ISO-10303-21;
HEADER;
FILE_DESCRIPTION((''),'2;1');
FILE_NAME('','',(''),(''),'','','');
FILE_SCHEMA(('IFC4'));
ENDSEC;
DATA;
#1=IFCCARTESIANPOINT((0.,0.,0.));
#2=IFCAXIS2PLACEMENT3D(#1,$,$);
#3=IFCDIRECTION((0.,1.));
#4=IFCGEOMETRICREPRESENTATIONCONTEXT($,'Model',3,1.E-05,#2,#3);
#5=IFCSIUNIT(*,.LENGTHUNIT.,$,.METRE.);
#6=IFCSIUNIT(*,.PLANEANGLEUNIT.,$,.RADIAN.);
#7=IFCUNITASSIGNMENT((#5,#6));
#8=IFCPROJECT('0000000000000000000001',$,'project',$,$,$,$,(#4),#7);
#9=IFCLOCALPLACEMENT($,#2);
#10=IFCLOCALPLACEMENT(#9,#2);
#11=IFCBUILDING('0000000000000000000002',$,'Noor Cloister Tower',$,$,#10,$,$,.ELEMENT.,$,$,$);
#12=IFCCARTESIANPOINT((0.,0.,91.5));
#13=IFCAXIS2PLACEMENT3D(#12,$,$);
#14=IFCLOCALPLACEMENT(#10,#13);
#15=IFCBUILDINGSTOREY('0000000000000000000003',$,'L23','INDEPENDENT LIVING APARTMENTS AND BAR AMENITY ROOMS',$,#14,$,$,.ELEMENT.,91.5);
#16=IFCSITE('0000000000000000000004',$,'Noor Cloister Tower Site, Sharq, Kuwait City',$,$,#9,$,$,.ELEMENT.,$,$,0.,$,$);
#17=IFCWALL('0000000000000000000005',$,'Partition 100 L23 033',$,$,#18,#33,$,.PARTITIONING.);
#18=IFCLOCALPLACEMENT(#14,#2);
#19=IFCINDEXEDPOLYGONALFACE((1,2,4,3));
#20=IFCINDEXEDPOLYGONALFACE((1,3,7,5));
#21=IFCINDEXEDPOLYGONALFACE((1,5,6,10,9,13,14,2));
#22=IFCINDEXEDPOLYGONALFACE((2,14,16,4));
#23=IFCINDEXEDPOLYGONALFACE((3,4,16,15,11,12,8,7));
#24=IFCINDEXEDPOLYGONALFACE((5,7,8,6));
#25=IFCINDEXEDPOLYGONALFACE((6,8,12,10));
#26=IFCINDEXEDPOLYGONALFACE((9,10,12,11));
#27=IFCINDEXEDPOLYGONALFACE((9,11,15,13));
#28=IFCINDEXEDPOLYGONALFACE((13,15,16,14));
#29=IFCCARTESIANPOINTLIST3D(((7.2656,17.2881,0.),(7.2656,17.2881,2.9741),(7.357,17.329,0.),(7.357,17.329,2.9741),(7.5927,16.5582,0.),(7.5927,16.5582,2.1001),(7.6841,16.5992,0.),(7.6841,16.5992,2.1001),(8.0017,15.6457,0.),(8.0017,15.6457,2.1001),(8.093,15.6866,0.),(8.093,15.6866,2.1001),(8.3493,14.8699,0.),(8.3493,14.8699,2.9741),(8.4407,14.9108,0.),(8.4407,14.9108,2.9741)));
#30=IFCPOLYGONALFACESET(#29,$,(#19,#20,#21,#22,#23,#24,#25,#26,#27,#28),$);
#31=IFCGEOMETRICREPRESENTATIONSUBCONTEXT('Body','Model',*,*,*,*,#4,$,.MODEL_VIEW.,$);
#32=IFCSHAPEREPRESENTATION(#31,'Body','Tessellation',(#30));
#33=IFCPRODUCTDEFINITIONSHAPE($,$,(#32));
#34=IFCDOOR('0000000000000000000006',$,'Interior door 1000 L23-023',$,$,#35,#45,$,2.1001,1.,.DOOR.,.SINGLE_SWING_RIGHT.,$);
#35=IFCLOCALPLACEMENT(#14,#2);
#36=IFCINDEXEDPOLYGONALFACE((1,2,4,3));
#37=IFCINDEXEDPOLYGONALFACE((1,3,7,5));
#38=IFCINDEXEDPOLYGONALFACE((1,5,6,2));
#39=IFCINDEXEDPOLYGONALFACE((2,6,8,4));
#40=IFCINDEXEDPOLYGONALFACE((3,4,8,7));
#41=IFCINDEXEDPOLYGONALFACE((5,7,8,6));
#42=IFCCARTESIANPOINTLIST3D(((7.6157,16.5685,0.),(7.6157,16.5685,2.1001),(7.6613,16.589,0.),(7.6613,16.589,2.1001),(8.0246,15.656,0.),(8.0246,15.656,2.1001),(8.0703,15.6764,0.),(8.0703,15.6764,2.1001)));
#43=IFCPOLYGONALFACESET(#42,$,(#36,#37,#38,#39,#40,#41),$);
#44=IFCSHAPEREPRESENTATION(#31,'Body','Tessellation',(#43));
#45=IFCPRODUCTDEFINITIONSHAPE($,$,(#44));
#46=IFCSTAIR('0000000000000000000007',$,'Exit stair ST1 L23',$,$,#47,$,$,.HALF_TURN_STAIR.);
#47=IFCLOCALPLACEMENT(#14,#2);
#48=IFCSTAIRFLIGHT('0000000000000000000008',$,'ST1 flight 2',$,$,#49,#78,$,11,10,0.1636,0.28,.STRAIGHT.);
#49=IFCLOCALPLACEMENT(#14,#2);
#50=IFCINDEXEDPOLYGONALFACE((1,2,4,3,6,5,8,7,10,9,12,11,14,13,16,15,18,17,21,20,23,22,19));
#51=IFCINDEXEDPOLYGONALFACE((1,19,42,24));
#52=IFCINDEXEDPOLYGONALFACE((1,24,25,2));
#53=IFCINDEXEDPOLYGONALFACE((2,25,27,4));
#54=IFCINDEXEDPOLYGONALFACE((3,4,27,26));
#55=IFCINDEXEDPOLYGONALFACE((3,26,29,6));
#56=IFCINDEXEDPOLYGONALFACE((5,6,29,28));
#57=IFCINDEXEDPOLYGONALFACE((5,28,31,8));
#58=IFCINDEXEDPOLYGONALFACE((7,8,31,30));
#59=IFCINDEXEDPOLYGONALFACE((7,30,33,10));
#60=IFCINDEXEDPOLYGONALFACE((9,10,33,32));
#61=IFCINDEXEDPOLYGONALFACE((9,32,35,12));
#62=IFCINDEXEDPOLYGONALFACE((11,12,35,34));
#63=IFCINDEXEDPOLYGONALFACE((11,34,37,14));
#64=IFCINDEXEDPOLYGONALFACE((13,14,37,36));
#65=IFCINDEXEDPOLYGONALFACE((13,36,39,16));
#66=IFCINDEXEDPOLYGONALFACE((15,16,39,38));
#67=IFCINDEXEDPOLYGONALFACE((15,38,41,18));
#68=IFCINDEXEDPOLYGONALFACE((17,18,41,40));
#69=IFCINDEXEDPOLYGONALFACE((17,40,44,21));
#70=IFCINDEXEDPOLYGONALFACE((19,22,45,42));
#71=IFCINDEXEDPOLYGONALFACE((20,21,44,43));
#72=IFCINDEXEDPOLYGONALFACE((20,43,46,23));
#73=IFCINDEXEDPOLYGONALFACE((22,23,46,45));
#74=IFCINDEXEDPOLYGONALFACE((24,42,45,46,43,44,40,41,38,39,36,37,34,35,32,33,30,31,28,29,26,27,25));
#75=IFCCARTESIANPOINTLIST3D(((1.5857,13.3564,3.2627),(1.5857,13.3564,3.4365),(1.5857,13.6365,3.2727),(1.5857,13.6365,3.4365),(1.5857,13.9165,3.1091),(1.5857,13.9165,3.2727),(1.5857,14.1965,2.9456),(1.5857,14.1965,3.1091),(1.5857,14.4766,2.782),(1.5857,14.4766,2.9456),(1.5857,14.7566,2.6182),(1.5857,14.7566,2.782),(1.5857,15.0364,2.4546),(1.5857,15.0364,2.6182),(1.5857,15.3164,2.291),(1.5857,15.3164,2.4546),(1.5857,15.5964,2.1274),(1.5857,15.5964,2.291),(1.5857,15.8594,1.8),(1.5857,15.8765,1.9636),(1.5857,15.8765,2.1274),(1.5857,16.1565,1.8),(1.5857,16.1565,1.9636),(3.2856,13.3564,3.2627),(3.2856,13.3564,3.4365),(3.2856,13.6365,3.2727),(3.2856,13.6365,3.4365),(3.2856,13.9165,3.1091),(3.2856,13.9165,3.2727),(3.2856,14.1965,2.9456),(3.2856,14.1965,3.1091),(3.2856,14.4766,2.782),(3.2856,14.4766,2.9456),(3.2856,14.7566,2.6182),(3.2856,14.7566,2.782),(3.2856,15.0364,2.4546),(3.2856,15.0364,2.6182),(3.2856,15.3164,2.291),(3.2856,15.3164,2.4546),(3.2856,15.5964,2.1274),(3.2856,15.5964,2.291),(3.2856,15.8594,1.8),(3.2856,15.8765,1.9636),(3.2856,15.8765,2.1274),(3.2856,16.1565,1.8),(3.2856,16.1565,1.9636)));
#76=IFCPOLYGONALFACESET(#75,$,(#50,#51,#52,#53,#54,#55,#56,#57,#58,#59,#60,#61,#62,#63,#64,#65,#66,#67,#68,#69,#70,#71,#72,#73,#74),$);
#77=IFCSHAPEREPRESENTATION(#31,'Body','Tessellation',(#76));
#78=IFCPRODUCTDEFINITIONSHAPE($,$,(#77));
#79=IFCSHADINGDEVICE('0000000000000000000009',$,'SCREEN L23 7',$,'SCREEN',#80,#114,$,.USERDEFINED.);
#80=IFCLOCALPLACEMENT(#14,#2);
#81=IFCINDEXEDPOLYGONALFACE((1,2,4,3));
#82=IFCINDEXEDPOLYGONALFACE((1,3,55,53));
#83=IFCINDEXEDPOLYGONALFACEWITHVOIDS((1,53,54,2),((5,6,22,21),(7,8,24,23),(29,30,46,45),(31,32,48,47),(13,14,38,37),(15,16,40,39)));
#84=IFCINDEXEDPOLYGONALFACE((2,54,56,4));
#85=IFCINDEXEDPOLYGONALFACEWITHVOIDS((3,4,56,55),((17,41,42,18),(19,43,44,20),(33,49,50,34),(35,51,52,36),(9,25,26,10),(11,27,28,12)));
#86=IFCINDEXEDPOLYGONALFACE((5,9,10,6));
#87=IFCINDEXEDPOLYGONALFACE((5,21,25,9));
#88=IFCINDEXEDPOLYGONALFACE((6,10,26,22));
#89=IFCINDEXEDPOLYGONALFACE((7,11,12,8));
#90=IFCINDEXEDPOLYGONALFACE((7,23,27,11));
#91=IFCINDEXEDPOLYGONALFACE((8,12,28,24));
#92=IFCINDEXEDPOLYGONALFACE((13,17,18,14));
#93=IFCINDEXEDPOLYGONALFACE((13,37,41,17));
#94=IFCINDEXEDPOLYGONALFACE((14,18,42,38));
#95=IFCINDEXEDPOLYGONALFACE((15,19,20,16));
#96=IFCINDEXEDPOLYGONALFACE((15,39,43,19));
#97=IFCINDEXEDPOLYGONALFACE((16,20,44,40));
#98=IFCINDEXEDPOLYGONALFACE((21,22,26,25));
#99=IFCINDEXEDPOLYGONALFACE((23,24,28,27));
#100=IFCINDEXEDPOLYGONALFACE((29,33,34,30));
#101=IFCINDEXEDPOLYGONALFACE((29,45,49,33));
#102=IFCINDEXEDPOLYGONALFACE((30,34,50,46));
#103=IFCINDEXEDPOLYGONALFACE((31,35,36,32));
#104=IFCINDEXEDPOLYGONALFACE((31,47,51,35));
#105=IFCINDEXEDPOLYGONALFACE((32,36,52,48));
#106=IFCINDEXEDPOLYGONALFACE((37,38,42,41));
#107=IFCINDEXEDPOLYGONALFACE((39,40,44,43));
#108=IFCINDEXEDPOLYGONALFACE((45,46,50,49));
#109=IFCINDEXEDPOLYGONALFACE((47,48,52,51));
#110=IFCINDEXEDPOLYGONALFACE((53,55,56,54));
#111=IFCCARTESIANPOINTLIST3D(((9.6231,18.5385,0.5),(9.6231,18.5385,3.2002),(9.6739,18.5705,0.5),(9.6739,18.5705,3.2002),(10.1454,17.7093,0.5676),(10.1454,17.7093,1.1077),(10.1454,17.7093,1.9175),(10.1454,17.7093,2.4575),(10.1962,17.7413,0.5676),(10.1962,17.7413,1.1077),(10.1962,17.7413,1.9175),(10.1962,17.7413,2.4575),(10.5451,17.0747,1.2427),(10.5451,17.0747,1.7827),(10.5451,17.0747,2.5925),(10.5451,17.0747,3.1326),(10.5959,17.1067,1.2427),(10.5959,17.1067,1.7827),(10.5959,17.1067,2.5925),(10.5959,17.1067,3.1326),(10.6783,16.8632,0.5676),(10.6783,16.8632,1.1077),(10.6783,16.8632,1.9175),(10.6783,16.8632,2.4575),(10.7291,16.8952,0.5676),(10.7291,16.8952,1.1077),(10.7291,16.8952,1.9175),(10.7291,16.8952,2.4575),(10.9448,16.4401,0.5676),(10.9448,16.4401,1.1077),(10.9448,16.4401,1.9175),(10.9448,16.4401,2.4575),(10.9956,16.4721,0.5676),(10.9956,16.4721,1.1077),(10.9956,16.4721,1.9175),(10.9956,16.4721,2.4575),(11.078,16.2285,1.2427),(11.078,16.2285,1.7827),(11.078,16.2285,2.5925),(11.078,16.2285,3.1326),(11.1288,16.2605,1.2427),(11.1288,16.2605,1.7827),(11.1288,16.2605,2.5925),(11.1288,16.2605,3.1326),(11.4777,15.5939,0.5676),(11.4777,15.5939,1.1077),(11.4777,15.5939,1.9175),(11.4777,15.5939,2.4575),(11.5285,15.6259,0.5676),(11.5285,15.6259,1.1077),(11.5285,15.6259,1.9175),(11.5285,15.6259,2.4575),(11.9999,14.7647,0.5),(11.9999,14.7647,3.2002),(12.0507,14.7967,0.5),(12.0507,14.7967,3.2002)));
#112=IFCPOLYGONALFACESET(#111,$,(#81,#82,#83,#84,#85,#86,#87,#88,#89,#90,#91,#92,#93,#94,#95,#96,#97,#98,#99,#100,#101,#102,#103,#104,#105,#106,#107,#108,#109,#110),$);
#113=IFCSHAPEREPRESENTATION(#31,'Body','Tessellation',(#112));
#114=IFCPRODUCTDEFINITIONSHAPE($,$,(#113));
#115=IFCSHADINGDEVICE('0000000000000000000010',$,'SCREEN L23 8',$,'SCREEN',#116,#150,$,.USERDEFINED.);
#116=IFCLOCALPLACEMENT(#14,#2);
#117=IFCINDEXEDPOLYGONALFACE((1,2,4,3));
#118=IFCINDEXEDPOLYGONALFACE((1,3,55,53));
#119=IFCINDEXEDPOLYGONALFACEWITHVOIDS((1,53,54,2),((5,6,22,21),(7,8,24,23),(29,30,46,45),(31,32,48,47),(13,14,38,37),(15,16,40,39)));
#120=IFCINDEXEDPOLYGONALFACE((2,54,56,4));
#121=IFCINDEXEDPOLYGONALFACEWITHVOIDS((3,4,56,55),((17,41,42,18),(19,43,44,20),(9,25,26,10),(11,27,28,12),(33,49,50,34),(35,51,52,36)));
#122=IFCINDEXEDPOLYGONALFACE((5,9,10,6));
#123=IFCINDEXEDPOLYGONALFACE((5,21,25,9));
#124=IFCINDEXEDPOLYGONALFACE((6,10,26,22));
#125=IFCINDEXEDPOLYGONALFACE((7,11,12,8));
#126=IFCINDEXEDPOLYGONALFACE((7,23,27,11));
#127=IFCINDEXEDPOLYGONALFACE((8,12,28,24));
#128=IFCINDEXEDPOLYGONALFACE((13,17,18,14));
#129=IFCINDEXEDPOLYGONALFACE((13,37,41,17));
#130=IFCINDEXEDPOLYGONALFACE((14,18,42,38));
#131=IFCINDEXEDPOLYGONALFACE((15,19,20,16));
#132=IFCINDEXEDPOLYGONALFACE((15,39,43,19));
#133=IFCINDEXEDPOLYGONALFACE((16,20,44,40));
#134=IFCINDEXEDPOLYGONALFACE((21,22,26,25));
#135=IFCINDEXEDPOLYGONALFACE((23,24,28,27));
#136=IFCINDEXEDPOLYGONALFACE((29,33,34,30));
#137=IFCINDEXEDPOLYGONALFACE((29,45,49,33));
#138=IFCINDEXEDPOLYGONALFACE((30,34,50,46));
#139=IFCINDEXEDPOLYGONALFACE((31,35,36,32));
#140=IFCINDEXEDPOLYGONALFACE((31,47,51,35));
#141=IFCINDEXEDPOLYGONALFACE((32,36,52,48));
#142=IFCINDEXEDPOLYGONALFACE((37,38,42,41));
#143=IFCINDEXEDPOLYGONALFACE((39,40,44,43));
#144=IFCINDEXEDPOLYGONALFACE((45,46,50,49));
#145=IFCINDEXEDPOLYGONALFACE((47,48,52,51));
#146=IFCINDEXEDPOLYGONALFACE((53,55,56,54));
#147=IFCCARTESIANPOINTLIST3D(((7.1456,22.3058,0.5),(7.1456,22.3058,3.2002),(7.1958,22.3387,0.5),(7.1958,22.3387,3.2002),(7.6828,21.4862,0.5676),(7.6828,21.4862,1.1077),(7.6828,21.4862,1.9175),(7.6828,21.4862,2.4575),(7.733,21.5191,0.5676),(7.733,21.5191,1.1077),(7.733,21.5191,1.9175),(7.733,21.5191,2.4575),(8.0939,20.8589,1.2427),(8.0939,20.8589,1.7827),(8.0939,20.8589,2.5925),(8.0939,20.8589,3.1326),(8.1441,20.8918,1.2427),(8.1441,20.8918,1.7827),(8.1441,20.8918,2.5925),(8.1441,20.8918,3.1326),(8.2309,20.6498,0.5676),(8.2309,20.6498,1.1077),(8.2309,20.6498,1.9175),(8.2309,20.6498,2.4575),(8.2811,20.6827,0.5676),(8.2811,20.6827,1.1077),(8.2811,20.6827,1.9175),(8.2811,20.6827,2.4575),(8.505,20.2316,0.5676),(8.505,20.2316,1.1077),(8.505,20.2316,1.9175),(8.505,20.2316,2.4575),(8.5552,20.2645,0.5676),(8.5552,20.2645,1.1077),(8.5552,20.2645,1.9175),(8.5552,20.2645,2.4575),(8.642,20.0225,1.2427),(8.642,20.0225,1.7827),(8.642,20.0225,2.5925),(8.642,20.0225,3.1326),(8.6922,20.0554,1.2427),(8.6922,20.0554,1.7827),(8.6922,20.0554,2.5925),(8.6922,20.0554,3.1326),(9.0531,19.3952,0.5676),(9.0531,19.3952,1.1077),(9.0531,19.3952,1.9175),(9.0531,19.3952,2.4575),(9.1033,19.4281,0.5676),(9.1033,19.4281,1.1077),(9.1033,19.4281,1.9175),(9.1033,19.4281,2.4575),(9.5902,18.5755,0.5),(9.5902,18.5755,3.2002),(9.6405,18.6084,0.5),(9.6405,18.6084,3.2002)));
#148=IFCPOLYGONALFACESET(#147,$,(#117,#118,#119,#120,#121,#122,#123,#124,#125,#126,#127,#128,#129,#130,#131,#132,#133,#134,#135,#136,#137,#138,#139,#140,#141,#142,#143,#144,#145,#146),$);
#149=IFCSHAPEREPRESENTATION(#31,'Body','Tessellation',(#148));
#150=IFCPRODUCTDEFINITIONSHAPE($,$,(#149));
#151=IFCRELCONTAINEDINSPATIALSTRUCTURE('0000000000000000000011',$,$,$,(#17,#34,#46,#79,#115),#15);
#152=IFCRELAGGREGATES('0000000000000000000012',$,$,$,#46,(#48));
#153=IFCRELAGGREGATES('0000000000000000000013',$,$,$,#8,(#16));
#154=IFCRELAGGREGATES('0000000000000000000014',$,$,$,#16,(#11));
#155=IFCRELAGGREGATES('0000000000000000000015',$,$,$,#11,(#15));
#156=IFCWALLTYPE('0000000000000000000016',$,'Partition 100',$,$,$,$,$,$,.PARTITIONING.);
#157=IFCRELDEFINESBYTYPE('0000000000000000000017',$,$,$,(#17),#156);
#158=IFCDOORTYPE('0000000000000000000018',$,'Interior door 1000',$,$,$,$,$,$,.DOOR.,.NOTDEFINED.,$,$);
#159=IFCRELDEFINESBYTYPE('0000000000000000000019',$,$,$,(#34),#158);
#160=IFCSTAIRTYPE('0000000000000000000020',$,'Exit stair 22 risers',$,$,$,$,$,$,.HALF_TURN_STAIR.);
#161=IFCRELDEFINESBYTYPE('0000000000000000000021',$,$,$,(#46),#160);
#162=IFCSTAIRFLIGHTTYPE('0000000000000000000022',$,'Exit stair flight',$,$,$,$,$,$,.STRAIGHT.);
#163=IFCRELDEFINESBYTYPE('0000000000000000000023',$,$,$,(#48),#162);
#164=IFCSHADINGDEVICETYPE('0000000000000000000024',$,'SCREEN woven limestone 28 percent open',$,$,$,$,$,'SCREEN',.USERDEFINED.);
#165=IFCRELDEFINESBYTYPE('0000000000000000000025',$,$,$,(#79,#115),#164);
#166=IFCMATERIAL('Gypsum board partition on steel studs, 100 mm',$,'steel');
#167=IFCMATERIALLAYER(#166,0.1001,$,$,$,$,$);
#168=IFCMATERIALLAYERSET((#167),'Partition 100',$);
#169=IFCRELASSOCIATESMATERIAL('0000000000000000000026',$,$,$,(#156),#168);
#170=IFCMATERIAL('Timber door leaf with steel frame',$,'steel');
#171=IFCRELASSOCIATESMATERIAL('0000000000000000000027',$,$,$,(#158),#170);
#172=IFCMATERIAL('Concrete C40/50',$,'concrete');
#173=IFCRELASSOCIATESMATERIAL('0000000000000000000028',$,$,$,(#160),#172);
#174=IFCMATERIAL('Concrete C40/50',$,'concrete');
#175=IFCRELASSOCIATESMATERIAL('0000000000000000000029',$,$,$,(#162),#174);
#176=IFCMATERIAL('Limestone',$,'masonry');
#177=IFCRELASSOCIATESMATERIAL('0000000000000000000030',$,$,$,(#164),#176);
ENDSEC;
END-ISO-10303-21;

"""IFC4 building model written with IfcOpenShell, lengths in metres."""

from ifc_helpers import new_model, si_unit, direction, frame, frame_2d, origin, place, context, subcontext, project, spatial, polyline, rectangle, outline, extrude, material, layer, layer_set, material_profile, profile_set, type_object, element, fill, aggregate, save


model = new_model("IFC4")

# Units and contexts
model_context = context("Model", 3, precision=1e-05, world=origin(), true_north=direction((0.0, 1.0)))
body_context = subcontext(model_context, "Body", "Model", "MODEL_VIEW")
ifc_project = project(units=[si_unit("LENGTHUNIT", "METRE"), si_unit("PLANEANGLEUNIT", "RADIAN")], contexts=[model_context])

# Site, building, storey
site_placement = place(None, origin())
site = spatial("IfcSite", under=ifc_project, at=site_placement, Name="Noor Cloister Tower Site, Sharq, Kuwait City", CompositionType="ELEMENT", RefElevation=0.0)
building_placement = place(site_placement, origin())
building = spatial("IfcBuilding", under=site, at=building_placement, Name="Noor Cloister Tower", CompositionType="ELEMENT")
storey_placement = place(building_placement, frame((0.0, 0.0, 91.5)))
storey = spatial("IfcBuildingStorey", under=building, at=storey_placement, Name="L23", Description="INDEPENDENT LIVING APARTMENTS AND BAR AMENITY ROOMS", CompositionType="ELEMENT", Elevation=91.5)

# Wall, opening, door
ifc_material_1 = material(Name="Gypsum board partition on steel studs, 100 mm", Category="steel")
ifc_layer_1 = layer(ifc_material_1, 0.1001)
ifc_layer_set_1 = layer_set([ifc_layer_1], Name="Partition 100")
wall_type = type_object("IfcWallType", Name="Partition 100", PredefinedType="PARTITIONING", material=ifc_layer_set_1)
ifc_material_2 = material(Name="Timber door leaf with steel frame", Category="steel")
door_type = type_object("IfcDoorType", Name="Interior door 1000", OperationType="NOTDEFINED", PredefinedType="DOOR", material=ifc_material_2)
wall_1_placement = place(storey_placement, frame((8.395, 14.8904, 0.0), z_axis=(0.0, 0.0, 1.0), x_axis=(-0.408966, 0.91255, 0.0)))
wall_1 = element("IfcWall", 1, at=wall_1_placement, inside=storey, type_object=wall_type, Name="Partition 100 L23 033", PredefinedType="PARTITIONING", context=body_context, shape_type="SweptSolid", body=[
    extrude(rectangle(XDim=2.6499, YDim=0.1001, at=frame_2d((1.325, 0.0))), origin(), (0.0, 0.0, 1.0), 2.9741),
])
opening_1_placement = place(wall_1_placement, frame((0.8501, 0.0, 0.0)))
opening_1 = element("IfcOpeningElement", 2, at=opening_1_placement, cuts=wall_1, PredefinedType="OPENING", context=body_context, shape_type="SweptSolid", body=[
    extrude(rectangle(XDim=1.0, YDim=2.1001, at=frame_2d((0.5, 1.05))), frame((0.0, 0.0601, 0.0), z_axis=(0.0, -1.0, 0.0), x_axis=(1.0, 0.0, 0.0)), (0.0, 0.0, 1.0), 0.1201),
])
door_1_placement = place(opening_1_placement, origin())
door_1 = element("IfcDoor", 3, at=door_1_placement, inside=storey, type_object=door_type, Name="Interior door 1000 L23-023", OperationType="SINGLE_SWING_RIGHT", OverallHeight=2.1001, OverallWidth=1.0, PredefinedType="DOOR", context=body_context, shape_type="SweptSolid", body=[
    extrude(rectangle(XDim=1.0, YDim=2.1001, at=frame_2d((0.5, 1.05))), frame((0.0, 0.0249, 0.0), z_axis=(0.0, -1.0, 0.0), x_axis=(1.0, 0.0, 0.0)), (0.0, 0.0, 1.0), 0.05),
])
fill(opening_1, door_1)

# Stair, stair flight
ifc_material_3 = material(Name="Concrete C40/50", Category="concrete")
stair_type = type_object("IfcStairType", Name="Exit stair 22 risers", PredefinedType="HALF_TURN_STAIR", material=ifc_material_3)
stair_placement = place(storey_placement, origin())
stair = element("IfcStair", 4, at=stair_placement, inside=storey, type_object=stair_type, Name="Exit stair ST1 L23", PredefinedType="HALF_TURN_STAIR")
ifc_material_4 = material(Name="Concrete C40/50", Category="concrete")
stair_flight_type = type_object("IfcStairFlightType", Name="Exit stair flight", PredefinedType="STRAIGHT", material=ifc_material_4)
stair_flight_placement = place(storey_placement, frame((2.4355, 16.1565, 1.8), z_axis=(0.0, 0.0, 1.0), x_axis=(0.0, -1.0, 0.0)))
stair_flight = element("IfcStairFlight", 5, at=stair_flight_placement, type_object=stair_flight_type, Name="ST1 flight 2", NumberOfRisers=11, NumberOfTreads=10, PredefinedType="STRAIGHT", RiserHeight=0.1636, TreadLength=0.28, context=body_context, shape_type="SweptSolid", body=[
    extrude(outline(polyline([(0.0, 0.0), (0.0, 0.1636), (0.28, 0.1636), (0.28, 0.3274), (0.5601, 0.3274), (0.5601, 0.491), (0.8401, 0.491), (0.8401, 0.6545), (1.1201, 0.6545), (1.1201, 0.8181), (1.3999, 0.8181), (1.3999, 0.9819), (1.6799, 0.9819), (1.6799, 1.1455), (1.96, 1.1455), (1.96, 1.3091), (2.24, 1.3091), (2.24, 1.4727), (2.52, 1.4727), (2.52, 1.6365), (2.8, 1.6365), (2.8, 1.8), (2.8, 1.4626), (0.2971, 0.0), (0.0, 0.0)])), frame((0.0, 0.8501, 0.0), z_axis=(0.0, -1.0, 0.0), x_axis=(1.0, 0.0, 0.0)), (0.0, 0.0, 1.0), 1.7),
])
aggregate(stair, [stair_flight])

# Shading devices
ifc_material_5 = material(Name="Limestone", Category="masonry")
ifc_material_profile_1 = material_profile(ifc_material_5, outline(polyline([(-2.23, -1.3501), (2.23, -1.3501), (2.23, 1.3501), (-2.23, 1.3501), (-2.23, -1.3501)]), holes=[polyline([(-1.25, -1.2825), (-0.25, -1.2825), (-0.25, -0.7424), (-1.25, -0.7424), (-1.25, -1.2825)]), polyline([(0.25, -1.2825), (1.25, -1.2825), (1.25, -0.7424), (0.25, -0.7424), (0.25, -1.2825)]), polyline([(-0.5, -0.6074), (0.5, -0.6074), (0.5, -0.0674), (-0.5, -0.0674), (-0.5, -0.6074)]), polyline([(-1.25, 0.0674), (-0.25, 0.0674), (-0.25, 0.6074), (-1.25, 0.6074), (-1.25, 0.0674)]), polyline([(0.25, 0.0674), (1.25, 0.0674), (1.25, 0.6074), (0.25, 0.6074), (0.25, 0.0674)]), polyline([(-0.5, 0.7424), (0.5, 0.7424), (0.5, 1.2825), (-0.5, 1.2825), (-0.5, 0.7424)])]), Name="Woven screen 28 percent open")
ifc_profile_set_1 = profile_set([ifc_material_profile_1], Name="Limestone")
shading_device_type = type_object("IfcShadingDeviceType", Name="SCREEN woven limestone 28 percent open", ElementType="SCREEN", PredefinedType="USERDEFINED", material=ifc_profile_set_1)
for number, where, z_axis, x_axis, name in (
    (6, (10.8115, 16.6516, 1.8501), (0.846165, 0.532921, 0.0), (-0.532921, 0.846165, 0.0), "SCREEN L23 7"),
    (7, (8.3679, 20.4407, 1.8501), (0.836397, 0.548124, 0.0), (-0.548124, 0.836397, 0.0), "SCREEN L23 8"),
):
    element("IfcShadingDevice", number, at=place(storey_placement, frame(where, z_axis=z_axis, x_axis=x_axis)), inside=storey, type_object=shading_device_type, Name=name, ObjectType="SCREEN", PredefinedType="USERDEFINED", context=body_context, shape_type="SweptSolid", body=[
        extrude(outline(polyline([(-2.23, -1.3501), (2.23, -1.3501), (2.23, 1.3501), (-2.23, 1.3501), (-2.23, -1.3501)]), holes=[polyline([(-1.25, -1.2825), (-0.25, -1.2825), (-0.25, -0.7424), (-1.25, -0.7424), (-1.25, -1.2825)]), polyline([(0.25, -1.2825), (1.25, -1.2825), (1.25, -0.7424), (0.25, -0.7424), (0.25, -1.2825)]), polyline([(-0.5, -0.6074), (0.5, -0.6074), (0.5, -0.0674), (-0.5, -0.0674), (-0.5, -0.6074)]), polyline([(-1.25, 0.0674), (-0.25, 0.0674), (-0.25, 0.6074), (-1.25, 0.6074), (-1.25, 0.0674)]), polyline([(0.25, 0.0674), (1.25, 0.0674), (1.25, 0.6074), (0.25, 0.6074), (0.25, 0.0674)]), polyline([(-0.5, 0.7424), (0.5, 0.7424), (0.5, 1.2825), (-0.5, 1.2825), (-0.5, 0.7424)])]), origin(), (0.0, 0.0, 1.0), 0.0601),
    ])

save(model, "model.ifc")
